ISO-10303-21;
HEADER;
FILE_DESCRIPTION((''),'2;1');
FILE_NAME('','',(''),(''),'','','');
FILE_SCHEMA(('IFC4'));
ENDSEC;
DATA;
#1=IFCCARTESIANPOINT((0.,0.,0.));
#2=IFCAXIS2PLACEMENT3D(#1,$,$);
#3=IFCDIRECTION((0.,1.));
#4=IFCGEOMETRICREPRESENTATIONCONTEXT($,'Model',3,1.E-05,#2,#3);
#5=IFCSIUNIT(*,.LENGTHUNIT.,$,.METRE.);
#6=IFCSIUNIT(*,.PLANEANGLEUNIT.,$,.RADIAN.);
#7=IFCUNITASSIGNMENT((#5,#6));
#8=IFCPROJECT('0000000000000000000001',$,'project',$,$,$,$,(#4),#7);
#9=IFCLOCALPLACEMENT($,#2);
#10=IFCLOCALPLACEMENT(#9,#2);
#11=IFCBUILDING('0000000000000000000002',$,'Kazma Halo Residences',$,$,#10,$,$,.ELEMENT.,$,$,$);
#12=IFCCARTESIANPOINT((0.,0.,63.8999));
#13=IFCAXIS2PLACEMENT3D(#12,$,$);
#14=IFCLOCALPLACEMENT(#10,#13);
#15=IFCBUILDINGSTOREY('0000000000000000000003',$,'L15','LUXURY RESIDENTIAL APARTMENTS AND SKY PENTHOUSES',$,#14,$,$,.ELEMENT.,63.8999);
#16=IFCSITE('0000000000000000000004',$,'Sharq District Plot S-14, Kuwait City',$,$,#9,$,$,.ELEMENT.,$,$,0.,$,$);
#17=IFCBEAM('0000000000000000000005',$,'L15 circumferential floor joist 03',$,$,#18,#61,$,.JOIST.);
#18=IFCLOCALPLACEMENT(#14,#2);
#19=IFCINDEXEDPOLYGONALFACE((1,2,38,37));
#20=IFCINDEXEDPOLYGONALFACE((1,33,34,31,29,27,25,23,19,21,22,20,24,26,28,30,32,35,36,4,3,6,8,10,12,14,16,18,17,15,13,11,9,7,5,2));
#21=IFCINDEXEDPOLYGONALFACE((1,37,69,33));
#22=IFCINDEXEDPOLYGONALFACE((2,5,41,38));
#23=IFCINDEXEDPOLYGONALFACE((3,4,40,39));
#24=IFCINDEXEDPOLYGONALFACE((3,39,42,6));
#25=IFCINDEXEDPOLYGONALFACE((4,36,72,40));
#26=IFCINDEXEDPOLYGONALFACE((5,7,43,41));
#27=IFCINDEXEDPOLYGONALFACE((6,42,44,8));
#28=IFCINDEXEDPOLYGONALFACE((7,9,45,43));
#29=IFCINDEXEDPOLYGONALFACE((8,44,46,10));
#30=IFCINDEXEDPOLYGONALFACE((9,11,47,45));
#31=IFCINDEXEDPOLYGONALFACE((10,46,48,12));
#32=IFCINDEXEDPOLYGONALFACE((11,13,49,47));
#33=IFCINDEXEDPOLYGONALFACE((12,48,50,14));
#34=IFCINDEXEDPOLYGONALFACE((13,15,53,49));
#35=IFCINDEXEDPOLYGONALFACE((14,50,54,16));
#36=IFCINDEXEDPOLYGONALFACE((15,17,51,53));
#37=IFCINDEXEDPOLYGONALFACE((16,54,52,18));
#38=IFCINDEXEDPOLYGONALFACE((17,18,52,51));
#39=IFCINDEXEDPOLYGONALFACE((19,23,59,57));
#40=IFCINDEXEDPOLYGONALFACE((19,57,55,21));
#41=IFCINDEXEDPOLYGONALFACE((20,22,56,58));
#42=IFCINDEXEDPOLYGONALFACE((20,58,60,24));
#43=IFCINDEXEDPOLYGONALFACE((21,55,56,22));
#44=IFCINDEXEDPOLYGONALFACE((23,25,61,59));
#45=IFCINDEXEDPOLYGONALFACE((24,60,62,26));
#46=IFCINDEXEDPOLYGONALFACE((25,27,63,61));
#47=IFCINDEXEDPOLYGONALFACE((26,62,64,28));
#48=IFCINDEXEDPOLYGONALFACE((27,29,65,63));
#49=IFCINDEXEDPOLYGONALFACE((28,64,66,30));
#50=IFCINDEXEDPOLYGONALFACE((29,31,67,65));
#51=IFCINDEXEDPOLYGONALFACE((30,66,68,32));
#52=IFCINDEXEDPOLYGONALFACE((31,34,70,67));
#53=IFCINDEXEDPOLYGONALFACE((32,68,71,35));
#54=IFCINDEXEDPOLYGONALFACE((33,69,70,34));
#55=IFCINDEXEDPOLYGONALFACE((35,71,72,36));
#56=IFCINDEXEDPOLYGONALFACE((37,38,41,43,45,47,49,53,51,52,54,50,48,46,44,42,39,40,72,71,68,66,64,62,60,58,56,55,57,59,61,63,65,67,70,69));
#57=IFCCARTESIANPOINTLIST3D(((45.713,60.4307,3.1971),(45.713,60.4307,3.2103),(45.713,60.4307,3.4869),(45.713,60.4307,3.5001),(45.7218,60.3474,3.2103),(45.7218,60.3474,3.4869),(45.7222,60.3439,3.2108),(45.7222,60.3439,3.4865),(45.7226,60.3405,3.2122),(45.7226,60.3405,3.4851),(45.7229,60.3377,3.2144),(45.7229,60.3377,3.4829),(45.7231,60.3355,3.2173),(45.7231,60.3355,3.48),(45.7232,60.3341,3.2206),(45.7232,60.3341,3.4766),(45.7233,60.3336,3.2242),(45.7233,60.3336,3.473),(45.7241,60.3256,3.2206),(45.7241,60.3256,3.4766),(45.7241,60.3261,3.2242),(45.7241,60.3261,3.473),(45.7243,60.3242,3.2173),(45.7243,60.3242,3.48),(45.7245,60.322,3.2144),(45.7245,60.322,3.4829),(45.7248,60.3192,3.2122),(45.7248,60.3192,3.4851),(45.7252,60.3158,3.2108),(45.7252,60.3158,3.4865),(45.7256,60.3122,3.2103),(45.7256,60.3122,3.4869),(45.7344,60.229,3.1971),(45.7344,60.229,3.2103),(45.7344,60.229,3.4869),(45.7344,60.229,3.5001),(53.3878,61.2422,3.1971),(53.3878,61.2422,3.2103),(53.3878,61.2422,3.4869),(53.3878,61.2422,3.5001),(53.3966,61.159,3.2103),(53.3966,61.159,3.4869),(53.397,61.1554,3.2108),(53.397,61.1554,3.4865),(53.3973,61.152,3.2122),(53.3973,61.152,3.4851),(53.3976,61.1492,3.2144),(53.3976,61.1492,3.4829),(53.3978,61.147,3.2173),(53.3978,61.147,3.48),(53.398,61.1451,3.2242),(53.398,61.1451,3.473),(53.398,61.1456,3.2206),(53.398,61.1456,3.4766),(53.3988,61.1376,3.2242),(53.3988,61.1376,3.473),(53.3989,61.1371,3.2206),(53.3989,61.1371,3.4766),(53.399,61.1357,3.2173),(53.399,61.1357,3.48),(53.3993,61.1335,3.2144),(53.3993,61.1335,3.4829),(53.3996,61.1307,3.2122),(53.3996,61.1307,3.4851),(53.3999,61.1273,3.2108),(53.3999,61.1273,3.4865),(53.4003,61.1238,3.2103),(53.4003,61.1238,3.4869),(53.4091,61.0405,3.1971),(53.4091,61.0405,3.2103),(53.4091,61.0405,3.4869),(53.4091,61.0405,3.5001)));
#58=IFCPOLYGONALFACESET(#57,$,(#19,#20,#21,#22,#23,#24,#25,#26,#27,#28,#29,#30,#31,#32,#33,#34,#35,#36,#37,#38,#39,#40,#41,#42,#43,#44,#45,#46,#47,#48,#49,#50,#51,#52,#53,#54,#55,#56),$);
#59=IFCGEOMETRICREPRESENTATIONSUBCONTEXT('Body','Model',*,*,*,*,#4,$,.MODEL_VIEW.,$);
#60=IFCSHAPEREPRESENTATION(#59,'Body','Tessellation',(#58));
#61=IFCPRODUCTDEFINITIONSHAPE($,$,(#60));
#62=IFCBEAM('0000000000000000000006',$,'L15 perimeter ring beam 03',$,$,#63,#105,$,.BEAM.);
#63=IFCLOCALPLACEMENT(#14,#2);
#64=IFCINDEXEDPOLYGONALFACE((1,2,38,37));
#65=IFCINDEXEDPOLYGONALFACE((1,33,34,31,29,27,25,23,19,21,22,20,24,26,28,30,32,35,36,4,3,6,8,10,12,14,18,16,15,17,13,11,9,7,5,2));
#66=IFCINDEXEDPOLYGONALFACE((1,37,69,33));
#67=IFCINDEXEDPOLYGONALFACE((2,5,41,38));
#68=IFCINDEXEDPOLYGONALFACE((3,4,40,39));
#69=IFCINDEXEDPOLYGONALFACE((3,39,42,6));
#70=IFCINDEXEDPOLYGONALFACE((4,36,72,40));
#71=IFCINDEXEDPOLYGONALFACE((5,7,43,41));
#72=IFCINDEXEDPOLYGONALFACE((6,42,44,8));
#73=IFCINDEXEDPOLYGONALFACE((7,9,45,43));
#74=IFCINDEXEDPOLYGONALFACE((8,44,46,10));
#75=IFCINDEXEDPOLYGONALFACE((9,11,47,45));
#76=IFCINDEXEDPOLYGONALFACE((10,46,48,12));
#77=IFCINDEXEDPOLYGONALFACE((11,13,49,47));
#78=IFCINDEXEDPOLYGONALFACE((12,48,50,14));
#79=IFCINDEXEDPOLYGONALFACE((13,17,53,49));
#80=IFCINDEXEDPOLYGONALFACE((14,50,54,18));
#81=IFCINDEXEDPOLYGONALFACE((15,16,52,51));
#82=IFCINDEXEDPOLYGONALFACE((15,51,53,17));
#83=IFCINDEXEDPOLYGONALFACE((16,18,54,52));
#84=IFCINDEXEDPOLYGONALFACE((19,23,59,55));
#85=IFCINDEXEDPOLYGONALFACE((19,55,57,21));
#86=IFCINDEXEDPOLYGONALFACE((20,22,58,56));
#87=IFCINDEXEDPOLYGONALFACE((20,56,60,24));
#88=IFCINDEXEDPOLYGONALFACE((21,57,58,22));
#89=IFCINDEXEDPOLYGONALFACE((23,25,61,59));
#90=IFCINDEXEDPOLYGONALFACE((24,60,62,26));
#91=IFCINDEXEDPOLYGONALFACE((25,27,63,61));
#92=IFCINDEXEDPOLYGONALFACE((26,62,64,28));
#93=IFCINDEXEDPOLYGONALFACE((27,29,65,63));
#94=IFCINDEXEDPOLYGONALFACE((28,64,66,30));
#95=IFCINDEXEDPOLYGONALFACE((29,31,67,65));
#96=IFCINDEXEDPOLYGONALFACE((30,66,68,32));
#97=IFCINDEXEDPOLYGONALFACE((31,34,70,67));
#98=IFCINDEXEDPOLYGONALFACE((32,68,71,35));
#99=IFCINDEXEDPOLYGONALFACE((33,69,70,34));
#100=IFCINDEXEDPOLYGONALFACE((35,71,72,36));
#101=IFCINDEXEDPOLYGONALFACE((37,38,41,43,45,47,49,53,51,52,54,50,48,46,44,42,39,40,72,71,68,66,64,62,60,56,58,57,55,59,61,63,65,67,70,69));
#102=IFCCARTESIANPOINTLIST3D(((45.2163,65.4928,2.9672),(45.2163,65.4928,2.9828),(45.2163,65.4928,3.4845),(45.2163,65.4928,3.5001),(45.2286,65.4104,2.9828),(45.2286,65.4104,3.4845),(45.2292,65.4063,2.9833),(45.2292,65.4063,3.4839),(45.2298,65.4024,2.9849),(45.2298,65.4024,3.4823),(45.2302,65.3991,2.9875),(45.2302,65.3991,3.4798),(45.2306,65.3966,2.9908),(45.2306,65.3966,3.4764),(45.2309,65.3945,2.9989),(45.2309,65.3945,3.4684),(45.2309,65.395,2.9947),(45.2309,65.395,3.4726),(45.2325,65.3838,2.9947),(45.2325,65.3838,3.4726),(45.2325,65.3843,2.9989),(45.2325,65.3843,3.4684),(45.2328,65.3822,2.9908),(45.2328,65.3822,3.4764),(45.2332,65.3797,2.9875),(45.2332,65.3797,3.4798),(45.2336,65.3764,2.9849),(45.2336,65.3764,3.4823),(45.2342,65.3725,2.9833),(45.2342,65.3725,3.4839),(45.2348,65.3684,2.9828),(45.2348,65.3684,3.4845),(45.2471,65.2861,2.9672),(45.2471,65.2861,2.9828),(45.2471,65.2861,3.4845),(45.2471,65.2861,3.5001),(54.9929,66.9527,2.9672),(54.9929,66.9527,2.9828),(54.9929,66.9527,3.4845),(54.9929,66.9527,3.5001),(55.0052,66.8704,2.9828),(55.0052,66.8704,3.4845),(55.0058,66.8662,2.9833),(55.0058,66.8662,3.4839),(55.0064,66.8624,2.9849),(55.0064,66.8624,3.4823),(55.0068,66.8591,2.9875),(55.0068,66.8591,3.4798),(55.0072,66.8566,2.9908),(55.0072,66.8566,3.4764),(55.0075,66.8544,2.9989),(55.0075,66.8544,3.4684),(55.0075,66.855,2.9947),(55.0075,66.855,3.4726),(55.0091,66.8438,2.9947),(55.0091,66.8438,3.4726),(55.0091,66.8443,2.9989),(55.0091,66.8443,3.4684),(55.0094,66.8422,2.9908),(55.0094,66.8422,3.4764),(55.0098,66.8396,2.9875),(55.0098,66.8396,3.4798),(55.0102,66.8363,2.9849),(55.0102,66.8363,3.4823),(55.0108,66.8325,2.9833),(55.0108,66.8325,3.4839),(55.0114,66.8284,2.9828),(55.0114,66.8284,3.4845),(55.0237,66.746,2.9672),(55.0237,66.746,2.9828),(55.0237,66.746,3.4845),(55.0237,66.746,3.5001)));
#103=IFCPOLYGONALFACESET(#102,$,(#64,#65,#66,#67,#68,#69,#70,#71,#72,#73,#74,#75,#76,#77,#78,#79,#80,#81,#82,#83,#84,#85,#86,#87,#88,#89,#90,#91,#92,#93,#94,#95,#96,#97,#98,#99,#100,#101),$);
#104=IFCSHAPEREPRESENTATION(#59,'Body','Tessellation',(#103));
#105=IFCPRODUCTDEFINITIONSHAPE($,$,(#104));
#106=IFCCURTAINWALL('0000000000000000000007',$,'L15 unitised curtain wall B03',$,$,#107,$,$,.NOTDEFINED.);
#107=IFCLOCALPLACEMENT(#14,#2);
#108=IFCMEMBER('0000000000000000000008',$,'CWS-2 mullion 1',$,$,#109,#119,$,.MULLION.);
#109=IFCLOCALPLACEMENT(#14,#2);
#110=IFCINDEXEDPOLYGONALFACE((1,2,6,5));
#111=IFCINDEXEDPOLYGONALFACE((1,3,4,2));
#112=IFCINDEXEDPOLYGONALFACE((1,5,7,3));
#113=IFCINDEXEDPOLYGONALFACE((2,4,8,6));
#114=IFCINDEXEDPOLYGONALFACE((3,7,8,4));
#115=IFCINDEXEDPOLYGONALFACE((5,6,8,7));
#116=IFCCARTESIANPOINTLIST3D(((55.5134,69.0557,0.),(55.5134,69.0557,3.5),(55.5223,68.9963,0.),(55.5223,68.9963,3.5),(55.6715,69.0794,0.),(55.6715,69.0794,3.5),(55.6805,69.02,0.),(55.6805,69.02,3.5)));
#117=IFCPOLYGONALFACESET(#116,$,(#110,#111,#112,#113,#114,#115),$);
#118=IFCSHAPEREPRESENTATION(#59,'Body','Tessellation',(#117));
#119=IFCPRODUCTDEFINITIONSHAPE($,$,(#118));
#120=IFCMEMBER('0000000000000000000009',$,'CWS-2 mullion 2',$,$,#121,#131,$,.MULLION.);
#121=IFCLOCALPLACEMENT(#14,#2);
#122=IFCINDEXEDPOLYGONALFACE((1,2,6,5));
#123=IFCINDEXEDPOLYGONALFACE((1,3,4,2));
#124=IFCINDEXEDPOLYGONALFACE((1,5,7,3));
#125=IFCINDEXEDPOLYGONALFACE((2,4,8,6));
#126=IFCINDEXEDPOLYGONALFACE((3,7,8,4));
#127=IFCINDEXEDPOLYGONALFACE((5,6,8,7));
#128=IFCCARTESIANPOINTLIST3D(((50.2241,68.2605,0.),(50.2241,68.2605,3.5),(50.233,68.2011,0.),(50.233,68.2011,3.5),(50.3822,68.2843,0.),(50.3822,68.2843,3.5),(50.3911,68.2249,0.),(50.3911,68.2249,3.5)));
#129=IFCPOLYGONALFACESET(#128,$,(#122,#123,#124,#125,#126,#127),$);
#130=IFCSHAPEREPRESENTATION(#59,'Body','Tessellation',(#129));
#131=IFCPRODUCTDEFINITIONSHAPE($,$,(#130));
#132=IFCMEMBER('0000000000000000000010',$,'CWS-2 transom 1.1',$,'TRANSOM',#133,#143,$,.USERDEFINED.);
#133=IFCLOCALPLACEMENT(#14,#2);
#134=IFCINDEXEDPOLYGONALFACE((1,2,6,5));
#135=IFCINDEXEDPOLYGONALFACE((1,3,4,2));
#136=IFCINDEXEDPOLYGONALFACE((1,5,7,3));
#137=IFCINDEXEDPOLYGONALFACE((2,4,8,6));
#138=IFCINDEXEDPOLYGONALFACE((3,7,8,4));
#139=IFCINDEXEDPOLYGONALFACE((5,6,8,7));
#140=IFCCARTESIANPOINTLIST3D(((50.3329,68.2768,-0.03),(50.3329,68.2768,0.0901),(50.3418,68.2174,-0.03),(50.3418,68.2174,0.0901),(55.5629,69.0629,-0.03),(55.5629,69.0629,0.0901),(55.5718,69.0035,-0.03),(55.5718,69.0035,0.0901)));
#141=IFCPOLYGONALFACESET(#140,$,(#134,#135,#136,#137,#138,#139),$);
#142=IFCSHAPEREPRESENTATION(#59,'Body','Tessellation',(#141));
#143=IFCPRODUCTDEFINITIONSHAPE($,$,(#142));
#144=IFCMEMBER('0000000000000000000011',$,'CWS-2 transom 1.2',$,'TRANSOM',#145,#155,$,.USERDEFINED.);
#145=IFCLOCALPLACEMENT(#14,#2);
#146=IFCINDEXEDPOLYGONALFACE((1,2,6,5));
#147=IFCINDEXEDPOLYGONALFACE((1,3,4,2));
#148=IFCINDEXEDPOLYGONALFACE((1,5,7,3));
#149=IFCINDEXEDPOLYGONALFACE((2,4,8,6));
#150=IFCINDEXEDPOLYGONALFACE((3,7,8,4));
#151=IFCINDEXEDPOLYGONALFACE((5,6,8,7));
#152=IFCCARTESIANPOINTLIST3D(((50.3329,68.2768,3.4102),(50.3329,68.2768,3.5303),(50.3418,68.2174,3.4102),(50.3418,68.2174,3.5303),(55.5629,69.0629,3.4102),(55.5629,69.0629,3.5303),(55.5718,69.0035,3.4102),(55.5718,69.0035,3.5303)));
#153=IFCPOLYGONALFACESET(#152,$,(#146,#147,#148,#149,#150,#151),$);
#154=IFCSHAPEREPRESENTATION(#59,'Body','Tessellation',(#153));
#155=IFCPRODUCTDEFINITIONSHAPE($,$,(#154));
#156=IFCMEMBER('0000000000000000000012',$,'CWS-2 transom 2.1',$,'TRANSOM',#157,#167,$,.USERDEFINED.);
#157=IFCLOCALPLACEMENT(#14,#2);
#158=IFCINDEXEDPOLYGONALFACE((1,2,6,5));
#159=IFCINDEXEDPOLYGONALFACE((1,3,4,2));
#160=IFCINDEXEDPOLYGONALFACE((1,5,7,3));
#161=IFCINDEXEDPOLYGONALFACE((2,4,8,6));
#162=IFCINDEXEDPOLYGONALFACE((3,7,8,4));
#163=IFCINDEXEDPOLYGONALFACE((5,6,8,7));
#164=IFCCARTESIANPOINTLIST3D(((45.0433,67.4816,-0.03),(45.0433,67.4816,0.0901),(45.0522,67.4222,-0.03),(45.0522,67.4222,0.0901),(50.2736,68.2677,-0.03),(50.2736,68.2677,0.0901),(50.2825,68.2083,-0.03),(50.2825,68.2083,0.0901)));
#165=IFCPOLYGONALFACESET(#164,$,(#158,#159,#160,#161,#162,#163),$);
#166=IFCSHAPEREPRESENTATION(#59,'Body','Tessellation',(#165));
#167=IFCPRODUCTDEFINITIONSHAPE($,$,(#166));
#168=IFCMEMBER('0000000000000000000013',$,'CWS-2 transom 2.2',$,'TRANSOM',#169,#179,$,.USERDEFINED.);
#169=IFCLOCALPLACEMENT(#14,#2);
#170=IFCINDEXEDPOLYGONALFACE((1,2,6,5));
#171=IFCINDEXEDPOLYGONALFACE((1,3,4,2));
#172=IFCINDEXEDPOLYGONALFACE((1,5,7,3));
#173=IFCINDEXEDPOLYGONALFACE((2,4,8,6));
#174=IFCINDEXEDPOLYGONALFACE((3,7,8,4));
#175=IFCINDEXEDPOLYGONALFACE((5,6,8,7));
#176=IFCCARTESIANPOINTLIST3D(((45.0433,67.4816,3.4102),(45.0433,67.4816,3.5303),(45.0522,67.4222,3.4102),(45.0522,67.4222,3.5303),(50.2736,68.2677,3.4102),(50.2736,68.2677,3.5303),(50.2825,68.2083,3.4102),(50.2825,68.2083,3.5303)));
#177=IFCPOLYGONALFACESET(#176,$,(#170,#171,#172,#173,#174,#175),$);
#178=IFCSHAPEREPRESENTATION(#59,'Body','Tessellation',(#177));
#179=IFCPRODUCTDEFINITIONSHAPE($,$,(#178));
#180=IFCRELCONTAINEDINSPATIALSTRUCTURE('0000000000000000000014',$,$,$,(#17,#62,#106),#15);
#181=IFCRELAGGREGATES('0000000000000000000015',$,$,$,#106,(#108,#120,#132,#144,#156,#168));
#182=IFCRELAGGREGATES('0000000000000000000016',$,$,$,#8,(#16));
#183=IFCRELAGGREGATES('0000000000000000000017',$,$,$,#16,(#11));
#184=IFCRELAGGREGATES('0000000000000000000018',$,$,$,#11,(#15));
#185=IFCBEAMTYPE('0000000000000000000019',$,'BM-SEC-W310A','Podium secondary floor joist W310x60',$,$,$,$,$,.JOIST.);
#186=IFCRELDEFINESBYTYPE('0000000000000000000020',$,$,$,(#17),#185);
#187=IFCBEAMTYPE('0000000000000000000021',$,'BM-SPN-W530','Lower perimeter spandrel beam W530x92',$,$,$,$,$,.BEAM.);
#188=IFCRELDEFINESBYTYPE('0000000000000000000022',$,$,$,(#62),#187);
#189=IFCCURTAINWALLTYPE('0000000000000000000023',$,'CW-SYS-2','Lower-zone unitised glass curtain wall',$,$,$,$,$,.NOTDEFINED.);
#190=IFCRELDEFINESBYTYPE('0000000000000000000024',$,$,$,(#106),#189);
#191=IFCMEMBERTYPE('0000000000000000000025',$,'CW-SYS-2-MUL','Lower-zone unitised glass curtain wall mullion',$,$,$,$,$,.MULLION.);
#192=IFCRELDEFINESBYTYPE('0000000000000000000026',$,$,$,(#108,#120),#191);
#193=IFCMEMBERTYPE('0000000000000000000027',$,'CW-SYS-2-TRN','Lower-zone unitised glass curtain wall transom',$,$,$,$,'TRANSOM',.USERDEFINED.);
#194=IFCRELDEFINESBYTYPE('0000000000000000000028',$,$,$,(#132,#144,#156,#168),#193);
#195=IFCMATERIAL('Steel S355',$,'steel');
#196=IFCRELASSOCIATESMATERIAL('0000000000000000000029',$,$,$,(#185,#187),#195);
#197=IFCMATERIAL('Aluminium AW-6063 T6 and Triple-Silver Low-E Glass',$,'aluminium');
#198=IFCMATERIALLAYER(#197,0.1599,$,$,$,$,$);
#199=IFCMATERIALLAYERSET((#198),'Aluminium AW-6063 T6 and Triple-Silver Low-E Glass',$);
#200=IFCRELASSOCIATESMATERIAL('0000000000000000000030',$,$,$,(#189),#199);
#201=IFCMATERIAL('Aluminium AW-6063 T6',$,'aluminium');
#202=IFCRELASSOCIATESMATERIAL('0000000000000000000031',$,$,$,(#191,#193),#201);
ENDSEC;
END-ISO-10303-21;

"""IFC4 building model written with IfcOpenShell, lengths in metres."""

from ifc_helpers import new_model, si_unit, direction, frame, origin, origin_2d, place, context, subcontext, project, spatial, rectangle, i_section, extrude, material, layer, layer_set, material_profile, profile_set, type_object, element, aggregate, save


model = new_model("IFC4")

# Units and contexts
model_context = context("Model", 3, precision=1e-05, world=origin(), true_north=direction((0.0, 1.0)))
body_context = subcontext(model_context, "Body", "Model", "MODEL_VIEW")
ifc_project = project(units=[si_unit("LENGTHUNIT", "METRE"), si_unit("PLANEANGLEUNIT", "RADIAN")], contexts=[model_context])

# Site, building, storey
site_placement = place(None, origin())
site = spatial("IfcSite", under=ifc_project, at=site_placement, Name="Sharq District Plot S-14, Kuwait City", CompositionType="ELEMENT", RefElevation=0.0)
building_placement = place(site_placement, origin())
building = spatial("IfcBuilding", under=site, at=building_placement, Name="Kazma Halo Residences", CompositionType="ELEMENT")
storey_placement = place(building_placement, frame((0.0, 0.0, 63.8999)))
storey = spatial("IfcBuildingStorey", under=building, at=storey_placement, Name="L15", Description="LUXURY RESIDENTIAL APARTMENTS AND SKY PENTHOUSES", CompositionType="ELEMENT", Elevation=63.8999)

# Beams
ifc_material_1 = material(Name="Steel S355", Category="steel")
ifc_material_profile_1 = material_profile(ifc_material_1, i_section(OverallWidth=0.2029, OverallDepth=0.303, WebThickness=0.0076, FlangeThickness=0.0132, FilletRadius=0.0139, at=origin_2d()), Name="W310x60")
ifc_profile_set_1 = profile_set([ifc_material_profile_1], Name="Steel S355")
beam_type_1 = type_object("IfcBeamType", Name="BM-SEC-W310A", Description="Podium secondary floor joist W310x60", PredefinedType="JOIST", material=ifc_profile_set_1)
beam_1_placement = place(storey_placement, frame((53.3984, 61.1414, 3.3486), z_axis=(-0.994456, -0.105152, 0.0), x_axis=(0.105152, -0.994456, 0.0)))
element("IfcBeam", 1, at=beam_1_placement, inside=storey, type_object=beam_type_1, Name="L15 circumferential floor joist 03", PredefinedType="JOIST", context=body_context, shape_type="SweptSolid", body=[
    extrude(i_section(OverallWidth=0.2029, OverallDepth=0.303, WebThickness=0.0076, FlangeThickness=0.0132, FilletRadius=0.0139, at=origin_2d()), origin(), (0.0, 0.0, 1.0), 7.7175),
])
ifc_material_profile_2 = material_profile(ifc_material_1, i_section(OverallWidth=0.209, OverallDepth=0.533, WebThickness=0.0103, FlangeThickness=0.0156, FilletRadius=0.0161, at=origin_2d()), Name="W530x92")
ifc_profile_set_2 = profile_set([ifc_material_profile_2], Name="Steel S355")
beam_type_2 = type_object("IfcBeamType", Name="BM-SPN-W530", Description="Lower perimeter spandrel beam W530x92", PredefinedType="BEAM", material=ifc_profile_set_2)
beam_2_placement = place(storey_placement, frame((55.0083, 66.8494, 3.2336), z_axis=(-0.989033, -0.147694, 0.0), x_axis=(0.147694, -0.989033, 0.0)))
element("IfcBeam", 2, at=beam_2_placement, inside=storey, type_object=beam_type_2, Name="L15 perimeter ring beam 03", PredefinedType="BEAM", context=body_context, shape_type="SweptSolid", body=[
    extrude(i_section(OverallWidth=0.209, OverallDepth=0.533, WebThickness=0.0103, FlangeThickness=0.0156, FilletRadius=0.0161, at=origin_2d()), origin(), (0.0, 0.0, 1.0), 9.885),
])

# Curtain wall, members
ifc_material_2 = material(Name="Aluminium AW-6063 T6 and Triple-Silver Low-E Glass", Category="aluminium")
ifc_layer_1 = layer(ifc_material_2, 0.1599)
ifc_layer_set_1 = layer_set([ifc_layer_1], Name="Aluminium AW-6063 T6 and Triple-Silver Low-E Glass")
curtain_wall_type = type_object("IfcCurtainWallType", Name="CW-SYS-2", Description="Lower-zone unitised glass curtain wall", PredefinedType="NOTDEFINED", material=ifc_layer_set_1)
curtain_wall_placement = place(storey_placement, origin())
curtain_wall = element("IfcCurtainWall", 3, at=curtain_wall_placement, inside=storey, type_object=curtain_wall_type, Name="L15 unitised curtain wall B03", PredefinedType="NOTDEFINED")
ifc_material_3 = material(Name="Aluminium AW-6063 T6", Category="aluminium")
ifc_material_profile_3 = material_profile(ifc_material_3, rectangle(XDim=0.0601, YDim=0.1599, at=origin_2d()), Name="CWM-60x160")
ifc_profile_set_3 = profile_set([ifc_material_profile_3], Name="Aluminium AW-6063 T6")
member_type_1 = type_object("IfcMemberType", Name="CW-SYS-2-MUL", Description="Lower-zone unitised glass curtain wall mullion", PredefinedType="MULLION", material=ifc_profile_set_3)
member_1_placement = place(storey_placement, frame((55.5969, 69.0378, 0.0), z_axis=(0.0, 0.0, 1.0), x_axis=(0.148657, -0.988889, 0.0)))
member_1 = element("IfcMember", 4, at=member_1_placement, type_object=member_type_1, Name="CWS-2 mullion 1", PredefinedType="MULLION", context=body_context, shape_type="SweptSolid", body=[
    extrude(rectangle(XDim=0.0601, YDim=0.1599, at=origin_2d()), origin(), (0.0, 0.0, 1.0), 3.5),
])
member_2_placement = place(storey_placement, frame((50.3076, 68.2427, 0.0), z_axis=(0.0, 0.0, 1.0), x_axis=(0.148657, -0.988889, 0.0)))
member_2 = element("IfcMember", 5, at=member_2_placement, type_object=member_type_1, Name="CWS-2 mullion 2", PredefinedType="MULLION", context=body_context, shape_type="SweptSolid", body=[
    extrude(rectangle(XDim=0.0601, YDim=0.1599, at=origin_2d()), origin(), (0.0, 0.0, 1.0), 3.5),
])
ifc_material_profile_4 = material_profile(ifc_material_3, rectangle(XDim=0.0601, YDim=0.1201, at=origin_2d()), Name="CWT-60x120")
ifc_profile_set_4 = profile_set([ifc_material_profile_4], Name="Aluminium AW-6063 T6")
member_type_2 = type_object("IfcMemberType", Name="CW-SYS-2-TRN", Description="Lower-zone unitised glass curtain wall transom", ElementType="TRANSOM", PredefinedType="USERDEFINED", material=ifc_profile_set_4)
member_3_placement = place(storey_placement, frame((55.5674, 69.0332, 0.03), z_axis=(-0.988891, -0.148643, 0.0), x_axis=(0.148643, -0.988891, 0.0)))
member_3 = element("IfcMember", 6, at=member_3_placement, type_object=member_type_2, Name="CWS-2 transom 1.1", ObjectType="TRANSOM", PredefinedType="USERDEFINED", context=body_context, shape_type="SweptSolid", body=[
    extrude(rectangle(XDim=0.0601, YDim=0.1201, at=origin_2d()), origin(), (0.0, 0.0, 1.0), 5.2888),
])
member_4_placement = place(storey_placement, frame((55.5674, 69.0332, 3.4702), z_axis=(-0.988891, -0.148643, 0.0), x_axis=(0.148643, -0.988891, 0.0)))
member_4 = element("IfcMember", 7, at=member_4_placement, type_object=member_type_2, Name="CWS-2 transom 1.2", ObjectType="TRANSOM", PredefinedType="USERDEFINED", context=body_context, shape_type="SweptSolid", body=[
    extrude(rectangle(XDim=0.0601, YDim=0.1201, at=origin_2d()), origin(), (0.0, 0.0, 1.0), 5.2888),
])
member_5_placement = place(storey_placement, frame((50.2781, 68.238, 0.03), z_axis=(-0.988892, -0.148636, 0.0), x_axis=(0.148636, -0.988892, 0.0)))
member_5 = element("IfcMember", 8, at=member_5_placement, type_object=member_type_2, Name="CWS-2 transom 2.1", ObjectType="TRANSOM", PredefinedType="USERDEFINED", context=body_context, shape_type="SweptSolid", body=[
    extrude(rectangle(XDim=0.0601, YDim=0.1201, at=origin_2d()), origin(), (0.0, 0.0, 1.0), 5.2891),
])
member_6_placement = place(storey_placement, frame((50.2781, 68.238, 3.4702), z_axis=(-0.988892, -0.148636, 0.0), x_axis=(0.148636, -0.988892, 0.0)))
member_6 = element("IfcMember", 9, at=member_6_placement, type_object=member_type_2, Name="CWS-2 transom 2.2", ObjectType="TRANSOM", PredefinedType="USERDEFINED", context=body_context, shape_type="SweptSolid", body=[
    extrude(rectangle(XDim=0.0601, YDim=0.1201, at=origin_2d()), origin(), (0.0, 0.0, 1.0), 5.2891),
])
aggregate(curtain_wall, [member_1, member_2, member_3, member_4, member_5, member_6])

save(model, "model.ifc")
